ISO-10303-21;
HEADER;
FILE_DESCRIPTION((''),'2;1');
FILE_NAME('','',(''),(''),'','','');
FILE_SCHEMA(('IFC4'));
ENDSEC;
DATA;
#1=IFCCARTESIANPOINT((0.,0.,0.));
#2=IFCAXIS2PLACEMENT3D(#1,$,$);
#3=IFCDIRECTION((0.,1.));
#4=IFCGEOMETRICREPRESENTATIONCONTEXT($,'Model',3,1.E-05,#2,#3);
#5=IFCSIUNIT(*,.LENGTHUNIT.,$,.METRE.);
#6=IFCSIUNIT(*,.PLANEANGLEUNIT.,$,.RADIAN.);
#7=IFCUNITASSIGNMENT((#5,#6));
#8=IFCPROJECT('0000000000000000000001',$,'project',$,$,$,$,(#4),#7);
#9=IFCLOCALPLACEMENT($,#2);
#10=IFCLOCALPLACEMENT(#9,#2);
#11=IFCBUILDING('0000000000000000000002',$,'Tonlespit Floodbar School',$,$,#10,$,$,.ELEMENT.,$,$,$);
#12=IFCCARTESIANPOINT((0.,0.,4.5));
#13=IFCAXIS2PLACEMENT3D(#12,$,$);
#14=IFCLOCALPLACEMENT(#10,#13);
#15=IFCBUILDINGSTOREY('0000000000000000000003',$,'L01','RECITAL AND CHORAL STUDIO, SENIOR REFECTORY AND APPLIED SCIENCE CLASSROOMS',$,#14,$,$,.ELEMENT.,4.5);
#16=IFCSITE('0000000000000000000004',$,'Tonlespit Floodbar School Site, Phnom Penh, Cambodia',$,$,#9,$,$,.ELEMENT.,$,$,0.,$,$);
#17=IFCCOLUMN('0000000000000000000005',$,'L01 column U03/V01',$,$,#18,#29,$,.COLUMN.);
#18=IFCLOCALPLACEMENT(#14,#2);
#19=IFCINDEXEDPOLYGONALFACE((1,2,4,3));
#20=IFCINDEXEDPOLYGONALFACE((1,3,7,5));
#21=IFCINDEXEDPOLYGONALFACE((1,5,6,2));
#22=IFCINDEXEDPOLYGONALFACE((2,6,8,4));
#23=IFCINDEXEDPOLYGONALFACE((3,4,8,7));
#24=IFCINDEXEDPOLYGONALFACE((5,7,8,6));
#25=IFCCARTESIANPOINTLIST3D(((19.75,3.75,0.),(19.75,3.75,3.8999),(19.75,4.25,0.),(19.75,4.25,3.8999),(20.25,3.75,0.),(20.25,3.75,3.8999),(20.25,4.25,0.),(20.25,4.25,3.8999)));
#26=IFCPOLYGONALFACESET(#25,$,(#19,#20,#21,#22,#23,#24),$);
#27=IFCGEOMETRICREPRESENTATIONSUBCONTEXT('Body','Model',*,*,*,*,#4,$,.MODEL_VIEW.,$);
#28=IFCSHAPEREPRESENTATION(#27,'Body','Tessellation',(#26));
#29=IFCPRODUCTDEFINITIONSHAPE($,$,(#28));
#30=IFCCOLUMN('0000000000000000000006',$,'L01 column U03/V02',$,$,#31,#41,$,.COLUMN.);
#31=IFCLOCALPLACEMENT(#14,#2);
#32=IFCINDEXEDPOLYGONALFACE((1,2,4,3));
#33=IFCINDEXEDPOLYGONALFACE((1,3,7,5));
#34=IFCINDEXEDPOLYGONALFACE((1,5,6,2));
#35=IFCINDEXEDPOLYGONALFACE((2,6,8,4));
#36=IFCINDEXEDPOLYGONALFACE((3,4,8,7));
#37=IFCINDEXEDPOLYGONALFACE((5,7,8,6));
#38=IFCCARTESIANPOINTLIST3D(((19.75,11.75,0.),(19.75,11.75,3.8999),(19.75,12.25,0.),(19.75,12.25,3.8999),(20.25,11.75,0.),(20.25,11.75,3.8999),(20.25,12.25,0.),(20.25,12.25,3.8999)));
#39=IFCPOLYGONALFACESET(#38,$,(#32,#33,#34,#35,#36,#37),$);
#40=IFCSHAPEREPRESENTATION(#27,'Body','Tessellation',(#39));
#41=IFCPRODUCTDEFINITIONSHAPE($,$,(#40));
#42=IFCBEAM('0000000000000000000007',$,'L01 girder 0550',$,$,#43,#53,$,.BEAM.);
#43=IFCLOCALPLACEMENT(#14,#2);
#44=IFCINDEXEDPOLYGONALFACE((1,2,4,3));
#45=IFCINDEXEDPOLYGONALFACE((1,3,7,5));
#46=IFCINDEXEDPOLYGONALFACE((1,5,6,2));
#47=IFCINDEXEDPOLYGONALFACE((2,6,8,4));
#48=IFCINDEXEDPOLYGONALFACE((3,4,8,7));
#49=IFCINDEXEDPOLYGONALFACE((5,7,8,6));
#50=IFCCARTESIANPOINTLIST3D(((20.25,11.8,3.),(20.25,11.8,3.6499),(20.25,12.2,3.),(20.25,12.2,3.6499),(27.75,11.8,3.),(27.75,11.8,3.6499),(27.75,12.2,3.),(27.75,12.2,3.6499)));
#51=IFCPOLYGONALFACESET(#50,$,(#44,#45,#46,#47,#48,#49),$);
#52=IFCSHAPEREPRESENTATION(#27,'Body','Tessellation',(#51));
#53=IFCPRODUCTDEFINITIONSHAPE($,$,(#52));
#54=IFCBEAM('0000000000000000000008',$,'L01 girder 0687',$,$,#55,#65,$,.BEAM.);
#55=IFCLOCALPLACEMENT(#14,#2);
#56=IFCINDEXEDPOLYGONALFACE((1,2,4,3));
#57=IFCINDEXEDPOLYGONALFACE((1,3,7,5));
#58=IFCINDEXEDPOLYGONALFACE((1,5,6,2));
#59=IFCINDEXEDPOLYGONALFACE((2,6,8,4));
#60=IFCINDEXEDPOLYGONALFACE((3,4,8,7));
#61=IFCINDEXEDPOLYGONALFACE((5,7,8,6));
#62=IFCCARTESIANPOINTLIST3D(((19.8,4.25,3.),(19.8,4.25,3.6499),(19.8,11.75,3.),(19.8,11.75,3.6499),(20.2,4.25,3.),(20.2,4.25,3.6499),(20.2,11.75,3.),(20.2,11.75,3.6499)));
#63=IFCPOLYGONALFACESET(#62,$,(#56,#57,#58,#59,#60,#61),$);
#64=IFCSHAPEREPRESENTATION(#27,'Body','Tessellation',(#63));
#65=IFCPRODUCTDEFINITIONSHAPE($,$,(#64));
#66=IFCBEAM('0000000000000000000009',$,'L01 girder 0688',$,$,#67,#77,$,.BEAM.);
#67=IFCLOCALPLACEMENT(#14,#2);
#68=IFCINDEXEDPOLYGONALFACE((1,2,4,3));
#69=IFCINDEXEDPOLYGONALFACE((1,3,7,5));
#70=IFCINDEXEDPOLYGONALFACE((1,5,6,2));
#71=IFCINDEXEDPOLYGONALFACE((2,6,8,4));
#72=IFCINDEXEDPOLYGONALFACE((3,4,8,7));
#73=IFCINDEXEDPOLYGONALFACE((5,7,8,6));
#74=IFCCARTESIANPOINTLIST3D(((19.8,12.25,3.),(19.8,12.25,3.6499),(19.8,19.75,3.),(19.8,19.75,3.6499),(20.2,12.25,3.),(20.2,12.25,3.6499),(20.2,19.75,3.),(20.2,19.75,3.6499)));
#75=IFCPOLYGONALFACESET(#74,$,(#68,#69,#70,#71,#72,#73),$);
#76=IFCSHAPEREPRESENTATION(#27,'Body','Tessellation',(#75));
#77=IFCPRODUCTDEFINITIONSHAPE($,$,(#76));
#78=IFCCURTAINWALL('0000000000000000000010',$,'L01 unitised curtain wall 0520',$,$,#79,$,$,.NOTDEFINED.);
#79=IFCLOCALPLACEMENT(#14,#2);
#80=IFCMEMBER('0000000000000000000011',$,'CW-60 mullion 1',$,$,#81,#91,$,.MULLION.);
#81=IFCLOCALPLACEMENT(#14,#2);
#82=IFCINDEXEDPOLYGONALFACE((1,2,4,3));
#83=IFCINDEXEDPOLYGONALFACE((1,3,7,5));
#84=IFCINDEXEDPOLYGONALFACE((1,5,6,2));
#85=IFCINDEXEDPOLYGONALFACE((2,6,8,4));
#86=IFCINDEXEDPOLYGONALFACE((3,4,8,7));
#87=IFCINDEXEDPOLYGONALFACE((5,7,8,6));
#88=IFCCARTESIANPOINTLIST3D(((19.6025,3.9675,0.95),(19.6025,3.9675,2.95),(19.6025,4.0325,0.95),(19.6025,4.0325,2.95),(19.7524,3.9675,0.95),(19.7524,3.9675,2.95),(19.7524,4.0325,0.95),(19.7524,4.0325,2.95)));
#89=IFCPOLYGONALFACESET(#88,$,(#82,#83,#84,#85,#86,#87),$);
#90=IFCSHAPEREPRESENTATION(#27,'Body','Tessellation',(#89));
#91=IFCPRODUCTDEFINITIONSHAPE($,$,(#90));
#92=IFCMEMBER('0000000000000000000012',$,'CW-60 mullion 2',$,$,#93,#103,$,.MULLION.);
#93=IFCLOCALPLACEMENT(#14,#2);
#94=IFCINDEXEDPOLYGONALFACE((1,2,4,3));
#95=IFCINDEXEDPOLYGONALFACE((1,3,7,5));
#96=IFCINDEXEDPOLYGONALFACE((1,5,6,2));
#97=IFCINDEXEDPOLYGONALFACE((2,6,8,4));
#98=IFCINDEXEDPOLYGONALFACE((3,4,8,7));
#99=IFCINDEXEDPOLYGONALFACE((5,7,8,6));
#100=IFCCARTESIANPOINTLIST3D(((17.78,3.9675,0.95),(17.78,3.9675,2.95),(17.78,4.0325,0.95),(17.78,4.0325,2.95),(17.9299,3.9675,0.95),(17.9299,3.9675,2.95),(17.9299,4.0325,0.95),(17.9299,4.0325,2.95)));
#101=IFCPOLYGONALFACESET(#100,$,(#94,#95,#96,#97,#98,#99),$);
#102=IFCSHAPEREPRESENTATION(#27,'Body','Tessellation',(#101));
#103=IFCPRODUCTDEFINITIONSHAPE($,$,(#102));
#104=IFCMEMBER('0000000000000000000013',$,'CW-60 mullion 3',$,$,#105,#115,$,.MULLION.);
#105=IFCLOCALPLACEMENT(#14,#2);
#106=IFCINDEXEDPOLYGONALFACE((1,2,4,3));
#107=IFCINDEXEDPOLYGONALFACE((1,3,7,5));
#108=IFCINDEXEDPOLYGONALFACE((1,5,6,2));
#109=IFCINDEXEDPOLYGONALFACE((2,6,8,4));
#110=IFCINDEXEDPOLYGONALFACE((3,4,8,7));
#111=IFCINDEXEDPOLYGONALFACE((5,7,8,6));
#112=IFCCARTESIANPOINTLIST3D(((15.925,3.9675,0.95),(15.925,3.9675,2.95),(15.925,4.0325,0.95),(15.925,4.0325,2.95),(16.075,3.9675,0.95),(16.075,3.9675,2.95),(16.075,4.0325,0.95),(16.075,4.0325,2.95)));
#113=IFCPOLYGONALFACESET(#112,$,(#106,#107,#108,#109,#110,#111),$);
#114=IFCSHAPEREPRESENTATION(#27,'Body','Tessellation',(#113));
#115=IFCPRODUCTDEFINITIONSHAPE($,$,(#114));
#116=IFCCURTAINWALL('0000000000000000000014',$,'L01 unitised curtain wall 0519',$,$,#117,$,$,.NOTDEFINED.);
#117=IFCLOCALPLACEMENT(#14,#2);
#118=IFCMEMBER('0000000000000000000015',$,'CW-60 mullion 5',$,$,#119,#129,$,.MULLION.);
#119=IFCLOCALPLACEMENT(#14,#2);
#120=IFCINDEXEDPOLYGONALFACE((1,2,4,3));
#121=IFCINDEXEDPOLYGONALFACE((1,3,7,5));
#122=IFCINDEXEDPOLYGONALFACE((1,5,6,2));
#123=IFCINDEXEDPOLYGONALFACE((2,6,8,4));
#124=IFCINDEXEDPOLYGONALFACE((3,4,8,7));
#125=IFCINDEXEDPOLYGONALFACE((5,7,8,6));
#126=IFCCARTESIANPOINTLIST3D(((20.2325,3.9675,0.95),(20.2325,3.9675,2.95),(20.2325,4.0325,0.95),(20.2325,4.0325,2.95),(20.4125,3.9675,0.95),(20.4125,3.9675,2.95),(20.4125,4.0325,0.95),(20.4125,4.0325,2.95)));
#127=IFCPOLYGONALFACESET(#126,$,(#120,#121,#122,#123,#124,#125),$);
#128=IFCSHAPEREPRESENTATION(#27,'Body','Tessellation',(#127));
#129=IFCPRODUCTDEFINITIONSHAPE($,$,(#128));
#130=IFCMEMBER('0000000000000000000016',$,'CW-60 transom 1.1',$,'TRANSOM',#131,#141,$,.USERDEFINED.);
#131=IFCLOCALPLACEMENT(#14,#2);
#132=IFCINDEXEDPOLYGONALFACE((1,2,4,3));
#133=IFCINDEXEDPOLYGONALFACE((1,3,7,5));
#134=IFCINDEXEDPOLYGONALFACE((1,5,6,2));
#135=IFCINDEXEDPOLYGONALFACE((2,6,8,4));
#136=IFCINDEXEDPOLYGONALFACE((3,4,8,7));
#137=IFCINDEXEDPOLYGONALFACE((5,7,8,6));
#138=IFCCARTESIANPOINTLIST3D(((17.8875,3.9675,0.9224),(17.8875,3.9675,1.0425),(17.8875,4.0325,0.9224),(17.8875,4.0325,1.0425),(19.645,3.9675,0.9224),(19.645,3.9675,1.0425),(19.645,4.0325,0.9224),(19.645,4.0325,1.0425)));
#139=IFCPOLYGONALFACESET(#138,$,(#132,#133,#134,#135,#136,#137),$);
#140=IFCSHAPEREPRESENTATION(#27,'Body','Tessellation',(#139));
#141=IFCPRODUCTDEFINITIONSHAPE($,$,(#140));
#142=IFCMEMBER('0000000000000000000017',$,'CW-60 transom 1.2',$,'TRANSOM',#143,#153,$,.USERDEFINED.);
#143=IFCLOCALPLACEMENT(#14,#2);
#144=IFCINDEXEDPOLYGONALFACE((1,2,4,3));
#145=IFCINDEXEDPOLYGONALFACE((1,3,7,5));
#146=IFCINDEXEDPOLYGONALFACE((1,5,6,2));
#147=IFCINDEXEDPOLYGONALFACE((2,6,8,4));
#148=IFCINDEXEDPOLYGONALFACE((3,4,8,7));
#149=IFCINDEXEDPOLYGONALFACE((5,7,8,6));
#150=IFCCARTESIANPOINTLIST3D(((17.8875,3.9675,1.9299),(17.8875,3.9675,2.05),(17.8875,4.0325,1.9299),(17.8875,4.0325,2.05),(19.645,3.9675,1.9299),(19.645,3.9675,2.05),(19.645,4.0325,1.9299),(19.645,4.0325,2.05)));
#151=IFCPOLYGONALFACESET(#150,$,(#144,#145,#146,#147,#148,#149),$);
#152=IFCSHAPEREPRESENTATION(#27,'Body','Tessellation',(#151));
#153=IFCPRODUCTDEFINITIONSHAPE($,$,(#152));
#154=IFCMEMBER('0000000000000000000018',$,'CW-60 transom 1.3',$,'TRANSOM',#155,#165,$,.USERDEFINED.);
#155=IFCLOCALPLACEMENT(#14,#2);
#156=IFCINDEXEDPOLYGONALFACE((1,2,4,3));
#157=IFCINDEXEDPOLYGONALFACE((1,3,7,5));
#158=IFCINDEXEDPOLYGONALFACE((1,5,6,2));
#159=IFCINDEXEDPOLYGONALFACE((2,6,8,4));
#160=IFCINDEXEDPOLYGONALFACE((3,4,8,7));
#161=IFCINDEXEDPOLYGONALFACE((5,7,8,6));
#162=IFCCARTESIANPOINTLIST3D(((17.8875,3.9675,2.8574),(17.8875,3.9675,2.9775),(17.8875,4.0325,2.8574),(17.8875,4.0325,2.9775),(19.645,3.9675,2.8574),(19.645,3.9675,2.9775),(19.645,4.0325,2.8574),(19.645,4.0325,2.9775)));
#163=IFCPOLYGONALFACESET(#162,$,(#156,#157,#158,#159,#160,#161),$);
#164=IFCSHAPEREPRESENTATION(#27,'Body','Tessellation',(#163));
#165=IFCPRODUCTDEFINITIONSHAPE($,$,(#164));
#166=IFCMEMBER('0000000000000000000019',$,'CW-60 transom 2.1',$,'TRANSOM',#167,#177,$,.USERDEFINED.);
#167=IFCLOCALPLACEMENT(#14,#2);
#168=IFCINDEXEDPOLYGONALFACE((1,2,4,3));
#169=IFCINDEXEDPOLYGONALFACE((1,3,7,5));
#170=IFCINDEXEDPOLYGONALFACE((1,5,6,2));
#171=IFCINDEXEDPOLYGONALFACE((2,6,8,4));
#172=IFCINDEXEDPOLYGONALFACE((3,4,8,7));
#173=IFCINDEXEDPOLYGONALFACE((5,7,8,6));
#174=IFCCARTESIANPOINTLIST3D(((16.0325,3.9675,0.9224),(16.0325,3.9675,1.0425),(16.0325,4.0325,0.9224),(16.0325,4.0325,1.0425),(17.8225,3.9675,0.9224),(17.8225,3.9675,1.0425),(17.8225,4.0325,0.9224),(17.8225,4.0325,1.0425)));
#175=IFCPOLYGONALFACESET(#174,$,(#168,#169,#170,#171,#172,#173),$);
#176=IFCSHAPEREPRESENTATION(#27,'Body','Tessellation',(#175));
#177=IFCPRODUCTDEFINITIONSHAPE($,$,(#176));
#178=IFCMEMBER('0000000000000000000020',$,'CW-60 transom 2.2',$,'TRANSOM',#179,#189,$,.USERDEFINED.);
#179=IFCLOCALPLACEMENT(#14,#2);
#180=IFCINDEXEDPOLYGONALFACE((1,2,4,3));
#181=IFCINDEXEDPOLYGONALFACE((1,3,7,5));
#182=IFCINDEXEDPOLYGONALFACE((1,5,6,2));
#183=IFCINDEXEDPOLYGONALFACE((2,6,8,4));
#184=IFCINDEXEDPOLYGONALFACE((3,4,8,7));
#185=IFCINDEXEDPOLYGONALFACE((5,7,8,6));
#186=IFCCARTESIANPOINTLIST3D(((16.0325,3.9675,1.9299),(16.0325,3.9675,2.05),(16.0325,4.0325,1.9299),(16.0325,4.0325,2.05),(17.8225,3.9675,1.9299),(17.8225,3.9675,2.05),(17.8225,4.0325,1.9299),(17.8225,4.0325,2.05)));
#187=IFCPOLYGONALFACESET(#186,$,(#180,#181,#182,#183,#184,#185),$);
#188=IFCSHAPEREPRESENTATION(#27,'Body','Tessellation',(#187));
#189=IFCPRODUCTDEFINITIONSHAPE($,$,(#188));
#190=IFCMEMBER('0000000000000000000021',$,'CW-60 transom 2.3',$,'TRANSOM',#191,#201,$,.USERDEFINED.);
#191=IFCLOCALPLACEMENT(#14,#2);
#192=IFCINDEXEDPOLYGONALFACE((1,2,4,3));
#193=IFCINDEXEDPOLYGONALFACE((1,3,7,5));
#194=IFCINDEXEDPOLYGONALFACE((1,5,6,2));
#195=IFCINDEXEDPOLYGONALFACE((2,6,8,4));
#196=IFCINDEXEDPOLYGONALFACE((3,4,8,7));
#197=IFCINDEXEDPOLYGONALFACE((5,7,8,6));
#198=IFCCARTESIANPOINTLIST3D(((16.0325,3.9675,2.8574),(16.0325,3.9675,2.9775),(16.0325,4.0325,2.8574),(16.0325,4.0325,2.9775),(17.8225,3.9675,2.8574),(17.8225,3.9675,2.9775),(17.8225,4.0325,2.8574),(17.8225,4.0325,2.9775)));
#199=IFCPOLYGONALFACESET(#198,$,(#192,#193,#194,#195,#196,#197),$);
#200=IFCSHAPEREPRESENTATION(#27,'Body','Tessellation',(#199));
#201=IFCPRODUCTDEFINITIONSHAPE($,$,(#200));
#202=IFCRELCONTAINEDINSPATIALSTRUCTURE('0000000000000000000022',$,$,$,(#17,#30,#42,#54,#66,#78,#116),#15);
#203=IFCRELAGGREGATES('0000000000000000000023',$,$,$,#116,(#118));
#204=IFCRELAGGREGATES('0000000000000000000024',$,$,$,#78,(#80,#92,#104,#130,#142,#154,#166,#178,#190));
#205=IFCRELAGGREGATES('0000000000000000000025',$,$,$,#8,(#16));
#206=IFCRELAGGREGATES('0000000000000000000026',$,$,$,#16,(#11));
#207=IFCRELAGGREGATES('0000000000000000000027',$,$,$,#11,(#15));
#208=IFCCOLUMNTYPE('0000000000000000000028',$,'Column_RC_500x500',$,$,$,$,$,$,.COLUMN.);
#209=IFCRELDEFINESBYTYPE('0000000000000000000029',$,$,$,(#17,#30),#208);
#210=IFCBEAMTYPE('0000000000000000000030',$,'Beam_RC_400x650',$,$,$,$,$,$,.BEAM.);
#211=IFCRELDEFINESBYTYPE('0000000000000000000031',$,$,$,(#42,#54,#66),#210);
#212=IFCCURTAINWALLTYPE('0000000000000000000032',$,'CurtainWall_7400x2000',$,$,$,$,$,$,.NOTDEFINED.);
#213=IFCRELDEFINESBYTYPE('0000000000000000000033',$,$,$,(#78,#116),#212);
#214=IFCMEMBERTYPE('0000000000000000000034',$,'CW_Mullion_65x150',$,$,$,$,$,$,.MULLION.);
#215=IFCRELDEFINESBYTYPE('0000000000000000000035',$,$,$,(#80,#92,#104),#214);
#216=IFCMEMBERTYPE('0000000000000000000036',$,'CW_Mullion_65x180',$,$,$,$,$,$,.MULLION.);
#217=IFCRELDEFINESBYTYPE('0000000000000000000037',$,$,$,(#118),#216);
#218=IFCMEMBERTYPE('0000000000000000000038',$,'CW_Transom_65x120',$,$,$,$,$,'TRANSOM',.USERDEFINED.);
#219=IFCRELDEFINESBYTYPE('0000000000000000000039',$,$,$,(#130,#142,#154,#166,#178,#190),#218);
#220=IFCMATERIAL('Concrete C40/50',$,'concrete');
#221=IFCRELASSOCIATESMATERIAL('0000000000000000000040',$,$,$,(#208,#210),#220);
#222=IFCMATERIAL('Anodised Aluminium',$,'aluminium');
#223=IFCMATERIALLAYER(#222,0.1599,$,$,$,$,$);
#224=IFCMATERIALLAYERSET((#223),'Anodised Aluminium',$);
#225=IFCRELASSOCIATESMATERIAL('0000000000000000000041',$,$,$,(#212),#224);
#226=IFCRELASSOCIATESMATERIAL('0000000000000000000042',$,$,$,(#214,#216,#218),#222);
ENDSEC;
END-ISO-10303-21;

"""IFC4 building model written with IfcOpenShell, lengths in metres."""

from ifc_helpers import new_model, si_unit, direction, frame, origin, origin_2d, place, context, subcontext, project, spatial, rectangle, extrude, material, layer, layer_set, material_profile, profile_set, type_object, element, aggregate, save


model = new_model("IFC4")

# Units and contexts
model_context = context("Model", 3, precision=1e-05, world=origin(), true_north=direction((0.0, 1.0)))
body_context = subcontext(model_context, "Body", "Model", "MODEL_VIEW")
ifc_project = project(units=[si_unit("LENGTHUNIT", "METRE"), si_unit("PLANEANGLEUNIT", "RADIAN")], contexts=[model_context])

# Site, building, storey
site_placement = place(None, origin())
site = spatial("IfcSite", under=ifc_project, at=site_placement, Name="Tonlespit Floodbar School Site, Phnom Penh, Cambodia", CompositionType="ELEMENT", RefElevation=0.0)
building_placement = place(site_placement, origin())
building = spatial("IfcBuilding", under=site, at=building_placement, Name="Tonlespit Floodbar School", CompositionType="ELEMENT")
storey_placement = place(building_placement, frame((0.0, 0.0, 4.5)))
storey = spatial("IfcBuildingStorey", under=building, at=storey_placement, Name="L01", Description="RECITAL AND CHORAL STUDIO, SENIOR REFECTORY AND APPLIED SCIENCE CLASSROOMS", CompositionType="ELEMENT", Elevation=4.5)

# Columns
ifc_material_1 = material(Name="Concrete C40/50", Category="concrete")
ifc_material_profile_1 = material_profile(ifc_material_1, rectangle(XDim=0.5, YDim=0.5, at=origin_2d()), Name="RC 500x500")
ifc_profile_set_1 = profile_set([ifc_material_profile_1], Name="Concrete C40/50")
column_type = type_object("IfcColumnType", Name="Column_RC_500x500", PredefinedType="COLUMN", material=ifc_profile_set_1)
for number, where, z_axis, x_axis, name in (
    (1, (20.0, 4.0, 0.0), (0.0, 0.0, 1.0), (1.0, 0.0, 0.0), "L01 column U03/V01"),
    (2, (20.0, 12.0, 0.0), (0.0, 0.0, 1.0), (1.0, 0.0, 0.0), "L01 column U03/V02"),
):
    element("IfcColumn", number, at=place(storey_placement, frame(where, z_axis=z_axis, x_axis=x_axis)), inside=storey, type_object=column_type, Name=name, PredefinedType="COLUMN", context=body_context, shape_type="SweptSolid", body=[
        extrude(rectangle(XDim=0.5, YDim=0.5, at=origin_2d()), origin(), (0.0, 0.0, 1.0), 3.8999),
    ])

# Beams
ifc_material_profile_2 = material_profile(ifc_material_1, rectangle(XDim=0.3999, YDim=0.6499, at=origin_2d()), Name="RC 400x650")
ifc_profile_set_2 = profile_set([ifc_material_profile_2], Name="Concrete C40/50")
beam_type_1 = type_object("IfcBeamType", Name="Beam_RC_400x650", PredefinedType="BEAM", material=ifc_profile_set_2)
for number, where, z_axis, x_axis, name in (
    (3, (20.25, 12.0, 3.325), (1.0, 0.0, 0.0), (0.0, 1.0, 0.0), "L01 girder 0550"),
    (4, (20.0, 4.25, 3.325), (0.0, 1.0, 0.0), (-1.0, 0.0, 0.0), "L01 girder 0687"),
    (5, (20.0, 12.25, 3.325), (0.0, 1.0, 0.0), (-1.0, 0.0, 0.0), "L01 girder 0688"),
):
    element("IfcBeam", number, at=place(storey_placement, frame(where, z_axis=z_axis, x_axis=x_axis)), inside=storey, type_object=beam_type_1, Name=name, PredefinedType="BEAM", context=body_context, shape_type="SweptSolid", body=[
        extrude(rectangle(XDim=0.3999, YDim=0.6499, at=origin_2d()), origin(), (0.0, 0.0, 1.0), 7.5),
    ])

# Curtain wall, members
ifc_material_2 = material(Name="Anodised Aluminium", Category="aluminium")
ifc_layer_1 = layer(ifc_material_2, 0.1599)
ifc_layer_set_1 = layer_set([ifc_layer_1], Name="Anodised Aluminium")
curtain_wall_type = type_object("IfcCurtainWallType", Name="CurtainWall_7400x2000", PredefinedType="NOTDEFINED", material=ifc_layer_set_1)
curtain_wall_1_placement = place(storey_placement, origin())
curtain_wall_1 = element("IfcCurtainWall", 6, at=curtain_wall_1_placement, inside=storey, type_object=curtain_wall_type, Name="L01 unitised curtain wall 0520", PredefinedType="NOTDEFINED")
ifc_material_profile_3 = material_profile(ifc_material_2, rectangle(XDim=0.0649, YDim=0.1499, at=origin_2d()), Name="ALU M65x150")
ifc_profile_set_3 = profile_set([ifc_material_profile_3], Name="Anodised Aluminium")
member_type_1 = type_object("IfcMemberType", Name="CW_Mullion_65x150", PredefinedType="MULLION", material=ifc_profile_set_3)
member_1_placement = place(storey_placement, frame((19.6775, 4.0, 0.95), z_axis=(0.0, 0.0, 1.0), x_axis=(0.0, -1.0, 0.0)))
member_1 = element("IfcMember", 7, at=member_1_placement, type_object=member_type_1, Name="CW-60 mullion 1", PredefinedType="MULLION", context=body_context, shape_type="SweptSolid", body=[
    extrude(rectangle(XDim=0.0649, YDim=0.1499, at=origin_2d()), origin(), (0.0, 0.0, 1.0), 2.0),
])
member_2_placement = place(storey_placement, frame((17.855, 4.0, 0.95), z_axis=(0.0, 0.0, 1.0), x_axis=(0.0, -1.0, 0.0)))
member_2 = element("IfcMember", 8, at=member_2_placement, type_object=member_type_1, Name="CW-60 mullion 2", PredefinedType="MULLION", context=body_context, shape_type="SweptSolid", body=[
    extrude(rectangle(XDim=0.0649, YDim=0.1499, at=origin_2d()), origin(), (0.0, 0.0, 1.0), 2.0),
])
member_3_placement = place(storey_placement, frame((16.0, 4.0, 0.95), z_axis=(0.0, 0.0, 1.0), x_axis=(0.0, -1.0, 0.0)))
member_3 = element("IfcMember", 9, at=member_3_placement, type_object=member_type_1, Name="CW-60 mullion 3", PredefinedType="MULLION", context=body_context, shape_type="SweptSolid", body=[
    extrude(rectangle(XDim=0.0649, YDim=0.1499, at=origin_2d()), origin(), (0.0, 0.0, 1.0), 2.0),
])

# Curtain wall, member
curtain_wall_2_placement = place(storey_placement, origin())
curtain_wall_2 = element("IfcCurtainWall", 10, at=curtain_wall_2_placement, inside=storey, type_object=curtain_wall_type, Name="L01 unitised curtain wall 0519", PredefinedType="NOTDEFINED")
ifc_material_profile_4 = material_profile(ifc_material_2, rectangle(XDim=0.0649, YDim=0.1799, at=origin_2d()), Name="ALU M65x180")
ifc_profile_set_4 = profile_set([ifc_material_profile_4], Name="Anodised Aluminium")
member_type_2 = type_object("IfcMemberType", Name="CW_Mullion_65x180", PredefinedType="MULLION", material=ifc_profile_set_4)
member_4_placement = place(storey_placement, frame((20.3225, 4.0, 0.95), z_axis=(0.0, 0.0, 1.0), x_axis=(0.0, -1.0, 0.0)))
member_4 = element("IfcMember", 11, at=member_4_placement, type_object=member_type_2, Name="CW-60 mullion 5", PredefinedType="MULLION", context=body_context, shape_type="SweptSolid", body=[
    extrude(rectangle(XDim=0.0649, YDim=0.1799, at=origin_2d()), origin(), (0.0, 0.0, 1.0), 2.0),
])

# Members
ifc_material_profile_5 = material_profile(ifc_material_2, rectangle(XDim=0.0649, YDim=0.1201, at=origin_2d()), Name="ALU T65x120")
ifc_profile_set_5 = profile_set([ifc_material_profile_5], Name="Anodised Aluminium")
member_type_3 = type_object("IfcMemberType", Name="CW_Transom_65x120", ElementType="TRANSOM", PredefinedType="USERDEFINED", material=ifc_profile_set_5)
member_5_placement = place(storey_placement, frame((19.645, 4.0, 0.9824), z_axis=(-1.0, 0.0, 0.0), x_axis=(0.0, -1.0, 0.0)))
member_5 = element("IfcMember", 12, at=member_5_placement, type_object=member_type_3, Name="CW-60 transom 1.1", ObjectType="TRANSOM", PredefinedType="USERDEFINED", context=body_context, shape_type="SweptSolid", body=[
    extrude(rectangle(XDim=0.0649, YDim=0.1201, at=origin_2d()), origin(), (0.0, 0.0, 1.0), 1.7576),
])
member_6_placement = place(storey_placement, frame((19.645, 4.0, 1.99), z_axis=(-1.0, 0.0, 0.0), x_axis=(0.0, -1.0, 0.0)))
member_6 = element("IfcMember", 13, at=member_6_placement, type_object=member_type_3, Name="CW-60 transom 1.2", ObjectType="TRANSOM", PredefinedType="USERDEFINED", context=body_context, shape_type="SweptSolid", body=[
    extrude(rectangle(XDim=0.0649, YDim=0.1201, at=origin_2d()), origin(), (0.0, 0.0, 1.0), 1.7576),
])
member_7_placement = place(storey_placement, frame((19.645, 4.0, 2.9175), z_axis=(-1.0, 0.0, 0.0), x_axis=(0.0, -1.0, 0.0)))
member_7 = element("IfcMember", 14, at=member_7_placement, type_object=member_type_3, Name="CW-60 transom 1.3", ObjectType="TRANSOM", PredefinedType="USERDEFINED", context=body_context, shape_type="SweptSolid", body=[
    extrude(rectangle(XDim=0.0649, YDim=0.1201, at=origin_2d()), origin(), (0.0, 0.0, 1.0), 1.7576),
])
member_8_placement = place(storey_placement, frame((17.8225, 4.0, 0.9824), z_axis=(-1.0, 0.0, 0.0), x_axis=(0.0, -1.0, 0.0)))
member_8 = element("IfcMember", 15, at=member_8_placement, type_object=member_type_3, Name="CW-60 transom 2.1", ObjectType="TRANSOM", PredefinedType="USERDEFINED", context=body_context, shape_type="SweptSolid", body=[
    extrude(rectangle(XDim=0.0649, YDim=0.1201, at=origin_2d()), origin(), (0.0, 0.0, 1.0), 1.79),
])
member_9_placement = place(storey_placement, frame((17.8225, 4.0, 1.99), z_axis=(-1.0, 0.0, 0.0), x_axis=(0.0, -1.0, 0.0)))
member_9 = element("IfcMember", 16, at=member_9_placement, type_object=member_type_3, Name="CW-60 transom 2.2", ObjectType="TRANSOM", PredefinedType="USERDEFINED", context=body_context, shape_type="SweptSolid", body=[
    extrude(rectangle(XDim=0.0649, YDim=0.1201, at=origin_2d()), origin(), (0.0, 0.0, 1.0), 1.79),
])
member_10_placement = place(storey_placement, frame((17.8225, 4.0, 2.9175), z_axis=(-1.0, 0.0, 0.0), x_axis=(0.0, -1.0, 0.0)))
member_10 = element("IfcMember", 17, at=member_10_placement, type_object=member_type_3, Name="CW-60 transom 2.3", ObjectType="TRANSOM", PredefinedType="USERDEFINED", context=body_context, shape_type="SweptSolid", body=[
    extrude(rectangle(XDim=0.0649, YDim=0.1201, at=origin_2d()), origin(), (0.0, 0.0, 1.0), 1.79),
])

aggregate(curtain_wall_2, [member_4])
aggregate(curtain_wall_1, [member_1, member_2, member_3, member_5, member_6, member_7, member_8, member_9, member_10])

save(model, "model.ifc")
